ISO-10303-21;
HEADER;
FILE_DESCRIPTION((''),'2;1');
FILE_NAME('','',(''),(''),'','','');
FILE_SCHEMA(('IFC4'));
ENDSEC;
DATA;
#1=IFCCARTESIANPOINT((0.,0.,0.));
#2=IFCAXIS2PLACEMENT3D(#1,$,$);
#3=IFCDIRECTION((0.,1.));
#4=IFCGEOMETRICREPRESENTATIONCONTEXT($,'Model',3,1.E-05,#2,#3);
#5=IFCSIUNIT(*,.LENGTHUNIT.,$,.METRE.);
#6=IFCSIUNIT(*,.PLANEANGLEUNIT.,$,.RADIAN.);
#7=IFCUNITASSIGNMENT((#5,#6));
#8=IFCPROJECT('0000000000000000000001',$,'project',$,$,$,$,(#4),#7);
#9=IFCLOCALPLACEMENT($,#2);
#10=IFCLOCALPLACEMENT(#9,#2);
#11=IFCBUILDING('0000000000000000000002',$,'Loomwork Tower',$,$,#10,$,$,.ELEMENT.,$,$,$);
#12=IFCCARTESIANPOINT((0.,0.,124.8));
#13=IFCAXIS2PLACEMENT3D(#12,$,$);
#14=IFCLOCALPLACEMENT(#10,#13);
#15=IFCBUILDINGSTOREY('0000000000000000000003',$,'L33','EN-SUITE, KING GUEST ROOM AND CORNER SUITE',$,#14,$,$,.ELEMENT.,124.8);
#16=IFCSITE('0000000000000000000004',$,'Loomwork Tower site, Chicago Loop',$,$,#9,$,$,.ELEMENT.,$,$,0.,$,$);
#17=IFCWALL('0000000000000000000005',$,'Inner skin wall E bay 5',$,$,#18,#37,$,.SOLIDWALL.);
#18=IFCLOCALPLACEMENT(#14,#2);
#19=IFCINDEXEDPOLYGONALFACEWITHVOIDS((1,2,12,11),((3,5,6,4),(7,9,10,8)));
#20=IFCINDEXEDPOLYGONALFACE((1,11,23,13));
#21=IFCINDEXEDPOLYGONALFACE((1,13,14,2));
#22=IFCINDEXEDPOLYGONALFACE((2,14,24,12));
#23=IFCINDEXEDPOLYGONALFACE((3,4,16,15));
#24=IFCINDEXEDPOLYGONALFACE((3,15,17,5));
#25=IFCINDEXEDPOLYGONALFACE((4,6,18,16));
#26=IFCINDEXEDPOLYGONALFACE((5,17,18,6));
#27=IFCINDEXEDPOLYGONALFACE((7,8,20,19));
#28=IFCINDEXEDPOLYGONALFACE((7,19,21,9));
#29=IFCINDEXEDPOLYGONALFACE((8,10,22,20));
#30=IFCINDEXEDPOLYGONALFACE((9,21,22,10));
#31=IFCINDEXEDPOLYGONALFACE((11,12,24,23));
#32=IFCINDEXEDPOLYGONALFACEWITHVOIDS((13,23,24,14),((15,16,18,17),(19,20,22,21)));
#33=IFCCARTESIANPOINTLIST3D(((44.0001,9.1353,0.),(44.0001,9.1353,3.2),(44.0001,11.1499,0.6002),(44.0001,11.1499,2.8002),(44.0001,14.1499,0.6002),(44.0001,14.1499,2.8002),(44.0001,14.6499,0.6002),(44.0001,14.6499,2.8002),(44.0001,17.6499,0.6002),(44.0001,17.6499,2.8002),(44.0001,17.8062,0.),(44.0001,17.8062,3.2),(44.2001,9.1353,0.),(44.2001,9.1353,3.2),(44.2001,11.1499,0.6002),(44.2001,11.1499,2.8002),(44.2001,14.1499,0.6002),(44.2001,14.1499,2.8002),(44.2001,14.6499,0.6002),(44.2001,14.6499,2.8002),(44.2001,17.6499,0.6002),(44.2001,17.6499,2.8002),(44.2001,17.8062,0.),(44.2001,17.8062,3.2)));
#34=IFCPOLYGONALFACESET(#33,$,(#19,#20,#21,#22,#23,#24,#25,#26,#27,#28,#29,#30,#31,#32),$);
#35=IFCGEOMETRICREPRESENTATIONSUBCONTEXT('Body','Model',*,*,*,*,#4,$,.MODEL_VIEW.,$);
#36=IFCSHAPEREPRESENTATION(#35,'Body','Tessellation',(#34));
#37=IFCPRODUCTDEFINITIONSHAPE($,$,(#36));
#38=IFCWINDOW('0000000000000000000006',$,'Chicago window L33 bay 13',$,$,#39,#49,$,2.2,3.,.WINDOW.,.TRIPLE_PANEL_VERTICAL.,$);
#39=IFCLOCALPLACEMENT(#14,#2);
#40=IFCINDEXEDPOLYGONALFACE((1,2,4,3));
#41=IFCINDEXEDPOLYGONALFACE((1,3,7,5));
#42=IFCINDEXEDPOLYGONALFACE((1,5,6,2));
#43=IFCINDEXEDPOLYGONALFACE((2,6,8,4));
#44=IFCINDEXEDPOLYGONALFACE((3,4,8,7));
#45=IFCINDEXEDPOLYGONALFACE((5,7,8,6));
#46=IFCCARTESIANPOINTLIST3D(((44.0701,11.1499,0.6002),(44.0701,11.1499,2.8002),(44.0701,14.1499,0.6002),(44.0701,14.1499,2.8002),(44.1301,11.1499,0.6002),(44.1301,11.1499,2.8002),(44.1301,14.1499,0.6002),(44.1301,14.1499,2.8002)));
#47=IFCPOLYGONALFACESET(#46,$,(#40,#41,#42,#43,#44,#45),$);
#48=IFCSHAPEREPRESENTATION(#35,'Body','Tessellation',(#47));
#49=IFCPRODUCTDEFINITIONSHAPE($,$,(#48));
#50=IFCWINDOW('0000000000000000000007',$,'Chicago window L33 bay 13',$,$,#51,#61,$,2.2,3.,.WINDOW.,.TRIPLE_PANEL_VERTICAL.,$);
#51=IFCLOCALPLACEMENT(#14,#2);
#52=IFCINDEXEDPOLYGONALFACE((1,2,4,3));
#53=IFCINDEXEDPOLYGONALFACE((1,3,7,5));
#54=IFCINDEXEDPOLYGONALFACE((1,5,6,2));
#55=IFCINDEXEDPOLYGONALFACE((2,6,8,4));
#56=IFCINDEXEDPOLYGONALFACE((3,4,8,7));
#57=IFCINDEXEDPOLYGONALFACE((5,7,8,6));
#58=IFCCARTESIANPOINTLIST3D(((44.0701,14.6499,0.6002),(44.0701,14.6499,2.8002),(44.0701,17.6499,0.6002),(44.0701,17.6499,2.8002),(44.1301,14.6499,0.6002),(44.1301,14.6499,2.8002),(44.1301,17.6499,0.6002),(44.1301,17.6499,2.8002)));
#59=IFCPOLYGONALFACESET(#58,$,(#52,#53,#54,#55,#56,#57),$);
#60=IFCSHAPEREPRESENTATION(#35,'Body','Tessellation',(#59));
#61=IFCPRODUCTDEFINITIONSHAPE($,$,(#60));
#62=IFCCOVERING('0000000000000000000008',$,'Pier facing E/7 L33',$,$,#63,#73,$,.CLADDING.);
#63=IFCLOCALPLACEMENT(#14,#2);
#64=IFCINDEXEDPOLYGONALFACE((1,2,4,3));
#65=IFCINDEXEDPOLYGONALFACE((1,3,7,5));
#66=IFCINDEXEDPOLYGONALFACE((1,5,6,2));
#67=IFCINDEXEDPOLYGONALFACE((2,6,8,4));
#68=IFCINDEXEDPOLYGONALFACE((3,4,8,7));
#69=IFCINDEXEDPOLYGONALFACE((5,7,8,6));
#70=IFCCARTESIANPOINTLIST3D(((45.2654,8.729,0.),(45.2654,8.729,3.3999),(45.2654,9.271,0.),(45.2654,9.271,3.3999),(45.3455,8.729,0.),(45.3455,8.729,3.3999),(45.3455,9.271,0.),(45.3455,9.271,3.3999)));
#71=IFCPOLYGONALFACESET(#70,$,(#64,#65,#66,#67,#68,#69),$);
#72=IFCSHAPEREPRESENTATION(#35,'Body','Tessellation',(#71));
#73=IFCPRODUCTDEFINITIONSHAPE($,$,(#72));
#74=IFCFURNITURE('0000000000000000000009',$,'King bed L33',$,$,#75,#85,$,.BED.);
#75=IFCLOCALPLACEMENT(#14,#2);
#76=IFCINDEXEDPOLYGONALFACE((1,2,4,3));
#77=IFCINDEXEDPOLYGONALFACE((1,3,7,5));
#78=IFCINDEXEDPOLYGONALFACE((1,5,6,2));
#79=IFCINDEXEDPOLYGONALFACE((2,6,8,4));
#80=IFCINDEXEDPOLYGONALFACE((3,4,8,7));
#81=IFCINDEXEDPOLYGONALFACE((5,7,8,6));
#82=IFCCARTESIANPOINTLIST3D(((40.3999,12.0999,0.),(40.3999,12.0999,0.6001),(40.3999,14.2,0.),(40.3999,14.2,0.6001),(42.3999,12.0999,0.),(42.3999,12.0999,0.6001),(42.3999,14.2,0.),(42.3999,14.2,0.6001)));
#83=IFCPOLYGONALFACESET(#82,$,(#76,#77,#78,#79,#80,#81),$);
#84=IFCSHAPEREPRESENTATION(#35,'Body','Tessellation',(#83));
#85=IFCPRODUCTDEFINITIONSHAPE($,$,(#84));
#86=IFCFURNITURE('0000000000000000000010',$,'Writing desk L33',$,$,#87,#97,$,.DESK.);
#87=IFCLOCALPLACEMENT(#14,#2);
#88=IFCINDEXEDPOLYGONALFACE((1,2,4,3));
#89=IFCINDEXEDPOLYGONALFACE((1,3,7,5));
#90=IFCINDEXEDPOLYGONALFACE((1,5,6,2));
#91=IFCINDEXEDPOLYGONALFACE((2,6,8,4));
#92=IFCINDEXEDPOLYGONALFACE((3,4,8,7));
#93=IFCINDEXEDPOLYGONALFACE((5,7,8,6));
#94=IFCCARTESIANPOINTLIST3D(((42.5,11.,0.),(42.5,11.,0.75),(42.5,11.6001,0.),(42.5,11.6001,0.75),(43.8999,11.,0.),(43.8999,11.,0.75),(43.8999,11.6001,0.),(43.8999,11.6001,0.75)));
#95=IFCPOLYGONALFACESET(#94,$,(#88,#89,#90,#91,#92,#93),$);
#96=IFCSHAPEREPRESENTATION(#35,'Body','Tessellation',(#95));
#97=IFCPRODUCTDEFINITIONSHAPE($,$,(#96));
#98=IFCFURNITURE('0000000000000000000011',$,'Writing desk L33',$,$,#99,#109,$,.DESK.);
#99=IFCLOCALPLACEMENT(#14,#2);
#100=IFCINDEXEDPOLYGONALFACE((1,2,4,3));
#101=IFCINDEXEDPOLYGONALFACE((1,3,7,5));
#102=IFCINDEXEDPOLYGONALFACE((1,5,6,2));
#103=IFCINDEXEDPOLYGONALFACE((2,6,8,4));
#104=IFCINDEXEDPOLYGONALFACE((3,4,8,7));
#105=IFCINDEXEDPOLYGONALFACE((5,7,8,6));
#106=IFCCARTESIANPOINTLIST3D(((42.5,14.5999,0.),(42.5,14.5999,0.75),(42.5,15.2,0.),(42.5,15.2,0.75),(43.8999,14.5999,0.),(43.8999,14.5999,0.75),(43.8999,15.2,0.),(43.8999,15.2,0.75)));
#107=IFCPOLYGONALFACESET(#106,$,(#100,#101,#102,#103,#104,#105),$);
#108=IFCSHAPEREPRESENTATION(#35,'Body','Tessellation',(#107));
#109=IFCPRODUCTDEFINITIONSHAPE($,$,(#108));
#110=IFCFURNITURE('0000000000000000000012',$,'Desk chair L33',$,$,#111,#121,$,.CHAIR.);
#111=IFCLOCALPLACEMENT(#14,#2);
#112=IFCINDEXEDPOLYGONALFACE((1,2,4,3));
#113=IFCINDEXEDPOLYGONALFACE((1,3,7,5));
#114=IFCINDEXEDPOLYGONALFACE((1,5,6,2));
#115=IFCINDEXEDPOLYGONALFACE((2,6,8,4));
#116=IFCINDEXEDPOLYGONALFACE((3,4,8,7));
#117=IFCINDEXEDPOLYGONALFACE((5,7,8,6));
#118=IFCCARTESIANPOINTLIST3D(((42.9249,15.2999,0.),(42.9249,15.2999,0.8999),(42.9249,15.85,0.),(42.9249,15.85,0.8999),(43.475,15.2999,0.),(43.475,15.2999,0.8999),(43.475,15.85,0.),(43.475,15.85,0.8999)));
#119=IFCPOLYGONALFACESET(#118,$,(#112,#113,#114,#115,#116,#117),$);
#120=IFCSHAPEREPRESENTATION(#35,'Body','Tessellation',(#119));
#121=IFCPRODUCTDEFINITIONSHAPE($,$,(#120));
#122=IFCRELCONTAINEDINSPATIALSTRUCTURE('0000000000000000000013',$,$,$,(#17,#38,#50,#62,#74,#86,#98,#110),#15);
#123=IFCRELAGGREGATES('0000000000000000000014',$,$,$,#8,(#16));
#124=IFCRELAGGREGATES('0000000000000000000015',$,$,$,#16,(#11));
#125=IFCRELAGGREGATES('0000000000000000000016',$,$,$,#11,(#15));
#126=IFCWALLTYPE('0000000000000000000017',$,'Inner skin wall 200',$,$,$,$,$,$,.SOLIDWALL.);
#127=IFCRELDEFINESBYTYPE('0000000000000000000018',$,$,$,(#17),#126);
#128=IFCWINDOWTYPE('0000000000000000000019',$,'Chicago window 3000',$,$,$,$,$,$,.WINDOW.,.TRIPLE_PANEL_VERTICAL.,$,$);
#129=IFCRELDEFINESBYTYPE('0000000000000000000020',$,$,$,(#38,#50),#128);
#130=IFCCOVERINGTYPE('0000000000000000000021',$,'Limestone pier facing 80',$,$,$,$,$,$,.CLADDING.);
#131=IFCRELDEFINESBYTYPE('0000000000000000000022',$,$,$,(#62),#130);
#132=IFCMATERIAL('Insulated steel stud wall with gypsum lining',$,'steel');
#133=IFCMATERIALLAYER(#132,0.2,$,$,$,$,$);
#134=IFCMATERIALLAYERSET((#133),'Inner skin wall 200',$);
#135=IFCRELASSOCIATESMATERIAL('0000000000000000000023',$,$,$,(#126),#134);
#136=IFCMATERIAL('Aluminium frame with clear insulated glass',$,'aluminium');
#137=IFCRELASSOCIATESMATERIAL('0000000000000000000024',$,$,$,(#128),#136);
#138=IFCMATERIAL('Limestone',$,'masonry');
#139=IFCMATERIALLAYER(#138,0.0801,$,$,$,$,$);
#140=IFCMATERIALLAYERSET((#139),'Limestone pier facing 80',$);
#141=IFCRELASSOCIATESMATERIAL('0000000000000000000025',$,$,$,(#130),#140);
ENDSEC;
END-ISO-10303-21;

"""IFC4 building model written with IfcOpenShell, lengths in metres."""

from ifc_helpers import new_model, si_unit, direction, frame, frame_2d, origin, origin_2d, place, context, subcontext, project, spatial, rectangle, extrude, material, layer, layer_set, type_object, element, fill, save


model = new_model("IFC4")

# Units and contexts
model_context = context("Model", 3, precision=1e-05, world=origin(), true_north=direction((0.0, 1.0)))
body_context = subcontext(model_context, "Body", "Model", "MODEL_VIEW")
ifc_project = project(units=[si_unit("LENGTHUNIT", "METRE"), si_unit("PLANEANGLEUNIT", "RADIAN")], contexts=[model_context])

# Site, building, storey
site_placement = place(None, origin())
site = spatial("IfcSite", under=ifc_project, at=site_placement, Name="Loomwork Tower site, Chicago Loop", CompositionType="ELEMENT", RefElevation=0.0)
building_placement = place(site_placement, origin())
building = spatial("IfcBuilding", under=site, at=building_placement, Name="Loomwork Tower", CompositionType="ELEMENT")
storey_placement = place(building_placement, frame((0.0, 0.0, 124.8)))
storey = spatial("IfcBuildingStorey", under=building, at=storey_placement, Name="L33", Description="EN-SUITE, KING GUEST ROOM AND CORNER SUITE", CompositionType="ELEMENT", Elevation=124.8)

# Shared definitions
ifc_material_1 = material(Name="Insulated steel stud wall with gypsum lining", Category="steel")
ifc_layer_1 = layer(ifc_material_1, 0.2)
ifc_layer_set_1 = layer_set([ifc_layer_1], Name="Inner skin wall 200")
wall_type = type_object("IfcWallType", Name="Inner skin wall 200", PredefinedType="SOLIDWALL", material=ifc_layer_set_1)

# Wall, openings, windows
wall_1_placement = place(storey_placement, frame((44.1001, 9.1353, 0.0), z_axis=(0.0, 0.0, 1.0), x_axis=(0.0, 1.0, 0.0)))
wall_1 = element("IfcWall", 1, at=wall_1_placement, inside=storey, type_object=wall_type, Name="Inner skin wall E bay 5", PredefinedType="SOLIDWALL", context=body_context, shape_type="SweptSolid", body=[
    extrude(rectangle(XDim=8.6709, YDim=0.2, at=frame_2d((4.3354, 0.0))), origin(), (0.0, 0.0, 1.0), 3.2),
])
opening_1_placement = place(wall_1_placement, frame((2.0146, 0.0, 0.6001)))
opening_1 = element("IfcOpeningElement", 2, at=opening_1_placement, cuts=wall_1, PredefinedType="OPENING", context=body_context, shape_type="SweptSolid", body=[
    extrude(rectangle(XDim=3.0, YDim=2.2, at=frame_2d((1.5, 1.1001))), frame((0.0, 0.1099, 0.0), z_axis=(0.0, -1.0, 0.0), x_axis=(1.0, 0.0, 0.0)), (0.0, 0.0, 1.0), 0.22),
])
opening_2_placement = place(wall_1_placement, frame((5.5146, 0.0, 0.6001)))
opening_2 = element("IfcOpeningElement", 3, at=opening_2_placement, cuts=wall_1, PredefinedType="OPENING", context=body_context, shape_type="SweptSolid", body=[
    extrude(rectangle(XDim=3.0, YDim=2.2, at=frame_2d((1.5, 1.1001))), frame((0.0, 0.1099, 0.0), z_axis=(0.0, -1.0, 0.0), x_axis=(1.0, 0.0, 0.0)), (0.0, 0.0, 1.0), 0.22),
])
ifc_material_2 = material(Name="Aluminium frame with clear insulated glass", Category="aluminium")
window_type = type_object("IfcWindowType", Name="Chicago window 3000", PartitioningType="TRIPLE_PANEL_VERTICAL", PredefinedType="WINDOW", material=ifc_material_2)
window_1_placement = place(opening_1_placement, origin())
window_1 = element("IfcWindow", 4, at=window_1_placement, inside=storey, type_object=window_type, Name="Chicago window L33 bay 13", OverallHeight=2.2, OverallWidth=3.0, PartitioningType="TRIPLE_PANEL_VERTICAL", PredefinedType="WINDOW", context=body_context, shape_type="SweptSolid", body=[
    extrude(rectangle(XDim=3.0, YDim=2.2, at=frame_2d((1.5, 1.1001))), frame((0.0, 0.03, 0.0), z_axis=(0.0, -1.0, 0.0), x_axis=(1.0, 0.0, 0.0)), (0.0, 0.0, 1.0), 0.0601),
])
fill(opening_1, window_1)
window_2_placement = place(opening_2_placement, origin())
window_2 = element("IfcWindow", 5, at=window_2_placement, inside=storey, type_object=window_type, Name="Chicago window L33 bay 13", OverallHeight=2.2, OverallWidth=3.0, PartitioningType="TRIPLE_PANEL_VERTICAL", PredefinedType="WINDOW", context=body_context, shape_type="SweptSolid", body=[
    extrude(rectangle(XDim=3.0, YDim=2.2, at=frame_2d((1.5, 1.1001))), frame((0.0, 0.03, 0.0), z_axis=(0.0, -1.0, 0.0), x_axis=(1.0, 0.0, 0.0)), (0.0, 0.0, 1.0), 0.0601),
])
fill(opening_2, window_2)

# Covering
ifc_material_3 = material(Name="Limestone", Category="masonry")
ifc_layer_2 = layer(ifc_material_3, 0.0801)
ifc_layer_set_2 = layer_set([ifc_layer_2], Name="Limestone pier facing 80")
covering_type = type_object("IfcCoveringType", Name="Limestone pier facing 80", PredefinedType="CLADDING", material=ifc_layer_set_2)
covering_placement = place(storey_placement, frame((45.3054, 9.0, 0.0), z_axis=(0.0, 0.0, 1.0), x_axis=(1.0, 0.0, 0.0)))
element("IfcCovering", 6, at=covering_placement, inside=storey, type_object=covering_type, Name="Pier facing E/7 L33", PredefinedType="CLADDING", context=body_context, shape_type="SweptSolid", body=[
    extrude(rectangle(XDim=0.0801, YDim=0.542, at=origin_2d()), origin(), (0.0, 0.0, 1.0), 3.3999),
])

# Furniture
furniture_1_placement = place(storey_placement, frame((41.3999, 13.1499, 0.0), z_axis=(0.0, 0.0, 1.0), x_axis=(1.0, 0.0, 0.0)))
element("IfcFurniture", 7, at=furniture_1_placement, inside=storey, Name="King bed L33", PredefinedType="BED", context=body_context, shape_type="SweptSolid", body=[
    extrude(rectangle(XDim=2.0, YDim=2.1001, at=origin_2d()), origin(), (0.0, 0.0, 1.0), 0.6001),
])
for number, where, z_axis, x_axis, name in (
    (8, (43.2, 11.3, 0.0), (0.0, 0.0, 1.0), (1.0, 0.0, 0.0), "Writing desk L33"),
    (9, (43.2, 14.8999, 0.0), (0.0, 0.0, 1.0), (1.0, 0.0, 0.0), "Writing desk L33"),
):
    element("IfcFurniture", number, at=place(storey_placement, frame(where, z_axis=z_axis, x_axis=x_axis)), inside=storey, Name=name, PredefinedType="DESK", context=body_context, shape_type="SweptSolid", body=[
        extrude(rectangle(XDim=1.3999, YDim=0.6001, at=origin_2d()), origin(), (0.0, 0.0, 1.0), 0.75),
    ])
furniture_2_placement = place(storey_placement, frame((43.2, 15.575, 0.0), z_axis=(0.0, 0.0, 1.0), x_axis=(1.0, 0.0, 0.0)))
element("IfcFurniture", 10, at=furniture_2_placement, inside=storey, Name="Desk chair L33", PredefinedType="CHAIR", context=body_context, shape_type="SweptSolid", body=[
    extrude(rectangle(XDim=0.55, YDim=0.55, at=origin_2d()), origin(), (0.0, 0.0, 1.0), 0.8999),
])

save(model, "model.ifc")
